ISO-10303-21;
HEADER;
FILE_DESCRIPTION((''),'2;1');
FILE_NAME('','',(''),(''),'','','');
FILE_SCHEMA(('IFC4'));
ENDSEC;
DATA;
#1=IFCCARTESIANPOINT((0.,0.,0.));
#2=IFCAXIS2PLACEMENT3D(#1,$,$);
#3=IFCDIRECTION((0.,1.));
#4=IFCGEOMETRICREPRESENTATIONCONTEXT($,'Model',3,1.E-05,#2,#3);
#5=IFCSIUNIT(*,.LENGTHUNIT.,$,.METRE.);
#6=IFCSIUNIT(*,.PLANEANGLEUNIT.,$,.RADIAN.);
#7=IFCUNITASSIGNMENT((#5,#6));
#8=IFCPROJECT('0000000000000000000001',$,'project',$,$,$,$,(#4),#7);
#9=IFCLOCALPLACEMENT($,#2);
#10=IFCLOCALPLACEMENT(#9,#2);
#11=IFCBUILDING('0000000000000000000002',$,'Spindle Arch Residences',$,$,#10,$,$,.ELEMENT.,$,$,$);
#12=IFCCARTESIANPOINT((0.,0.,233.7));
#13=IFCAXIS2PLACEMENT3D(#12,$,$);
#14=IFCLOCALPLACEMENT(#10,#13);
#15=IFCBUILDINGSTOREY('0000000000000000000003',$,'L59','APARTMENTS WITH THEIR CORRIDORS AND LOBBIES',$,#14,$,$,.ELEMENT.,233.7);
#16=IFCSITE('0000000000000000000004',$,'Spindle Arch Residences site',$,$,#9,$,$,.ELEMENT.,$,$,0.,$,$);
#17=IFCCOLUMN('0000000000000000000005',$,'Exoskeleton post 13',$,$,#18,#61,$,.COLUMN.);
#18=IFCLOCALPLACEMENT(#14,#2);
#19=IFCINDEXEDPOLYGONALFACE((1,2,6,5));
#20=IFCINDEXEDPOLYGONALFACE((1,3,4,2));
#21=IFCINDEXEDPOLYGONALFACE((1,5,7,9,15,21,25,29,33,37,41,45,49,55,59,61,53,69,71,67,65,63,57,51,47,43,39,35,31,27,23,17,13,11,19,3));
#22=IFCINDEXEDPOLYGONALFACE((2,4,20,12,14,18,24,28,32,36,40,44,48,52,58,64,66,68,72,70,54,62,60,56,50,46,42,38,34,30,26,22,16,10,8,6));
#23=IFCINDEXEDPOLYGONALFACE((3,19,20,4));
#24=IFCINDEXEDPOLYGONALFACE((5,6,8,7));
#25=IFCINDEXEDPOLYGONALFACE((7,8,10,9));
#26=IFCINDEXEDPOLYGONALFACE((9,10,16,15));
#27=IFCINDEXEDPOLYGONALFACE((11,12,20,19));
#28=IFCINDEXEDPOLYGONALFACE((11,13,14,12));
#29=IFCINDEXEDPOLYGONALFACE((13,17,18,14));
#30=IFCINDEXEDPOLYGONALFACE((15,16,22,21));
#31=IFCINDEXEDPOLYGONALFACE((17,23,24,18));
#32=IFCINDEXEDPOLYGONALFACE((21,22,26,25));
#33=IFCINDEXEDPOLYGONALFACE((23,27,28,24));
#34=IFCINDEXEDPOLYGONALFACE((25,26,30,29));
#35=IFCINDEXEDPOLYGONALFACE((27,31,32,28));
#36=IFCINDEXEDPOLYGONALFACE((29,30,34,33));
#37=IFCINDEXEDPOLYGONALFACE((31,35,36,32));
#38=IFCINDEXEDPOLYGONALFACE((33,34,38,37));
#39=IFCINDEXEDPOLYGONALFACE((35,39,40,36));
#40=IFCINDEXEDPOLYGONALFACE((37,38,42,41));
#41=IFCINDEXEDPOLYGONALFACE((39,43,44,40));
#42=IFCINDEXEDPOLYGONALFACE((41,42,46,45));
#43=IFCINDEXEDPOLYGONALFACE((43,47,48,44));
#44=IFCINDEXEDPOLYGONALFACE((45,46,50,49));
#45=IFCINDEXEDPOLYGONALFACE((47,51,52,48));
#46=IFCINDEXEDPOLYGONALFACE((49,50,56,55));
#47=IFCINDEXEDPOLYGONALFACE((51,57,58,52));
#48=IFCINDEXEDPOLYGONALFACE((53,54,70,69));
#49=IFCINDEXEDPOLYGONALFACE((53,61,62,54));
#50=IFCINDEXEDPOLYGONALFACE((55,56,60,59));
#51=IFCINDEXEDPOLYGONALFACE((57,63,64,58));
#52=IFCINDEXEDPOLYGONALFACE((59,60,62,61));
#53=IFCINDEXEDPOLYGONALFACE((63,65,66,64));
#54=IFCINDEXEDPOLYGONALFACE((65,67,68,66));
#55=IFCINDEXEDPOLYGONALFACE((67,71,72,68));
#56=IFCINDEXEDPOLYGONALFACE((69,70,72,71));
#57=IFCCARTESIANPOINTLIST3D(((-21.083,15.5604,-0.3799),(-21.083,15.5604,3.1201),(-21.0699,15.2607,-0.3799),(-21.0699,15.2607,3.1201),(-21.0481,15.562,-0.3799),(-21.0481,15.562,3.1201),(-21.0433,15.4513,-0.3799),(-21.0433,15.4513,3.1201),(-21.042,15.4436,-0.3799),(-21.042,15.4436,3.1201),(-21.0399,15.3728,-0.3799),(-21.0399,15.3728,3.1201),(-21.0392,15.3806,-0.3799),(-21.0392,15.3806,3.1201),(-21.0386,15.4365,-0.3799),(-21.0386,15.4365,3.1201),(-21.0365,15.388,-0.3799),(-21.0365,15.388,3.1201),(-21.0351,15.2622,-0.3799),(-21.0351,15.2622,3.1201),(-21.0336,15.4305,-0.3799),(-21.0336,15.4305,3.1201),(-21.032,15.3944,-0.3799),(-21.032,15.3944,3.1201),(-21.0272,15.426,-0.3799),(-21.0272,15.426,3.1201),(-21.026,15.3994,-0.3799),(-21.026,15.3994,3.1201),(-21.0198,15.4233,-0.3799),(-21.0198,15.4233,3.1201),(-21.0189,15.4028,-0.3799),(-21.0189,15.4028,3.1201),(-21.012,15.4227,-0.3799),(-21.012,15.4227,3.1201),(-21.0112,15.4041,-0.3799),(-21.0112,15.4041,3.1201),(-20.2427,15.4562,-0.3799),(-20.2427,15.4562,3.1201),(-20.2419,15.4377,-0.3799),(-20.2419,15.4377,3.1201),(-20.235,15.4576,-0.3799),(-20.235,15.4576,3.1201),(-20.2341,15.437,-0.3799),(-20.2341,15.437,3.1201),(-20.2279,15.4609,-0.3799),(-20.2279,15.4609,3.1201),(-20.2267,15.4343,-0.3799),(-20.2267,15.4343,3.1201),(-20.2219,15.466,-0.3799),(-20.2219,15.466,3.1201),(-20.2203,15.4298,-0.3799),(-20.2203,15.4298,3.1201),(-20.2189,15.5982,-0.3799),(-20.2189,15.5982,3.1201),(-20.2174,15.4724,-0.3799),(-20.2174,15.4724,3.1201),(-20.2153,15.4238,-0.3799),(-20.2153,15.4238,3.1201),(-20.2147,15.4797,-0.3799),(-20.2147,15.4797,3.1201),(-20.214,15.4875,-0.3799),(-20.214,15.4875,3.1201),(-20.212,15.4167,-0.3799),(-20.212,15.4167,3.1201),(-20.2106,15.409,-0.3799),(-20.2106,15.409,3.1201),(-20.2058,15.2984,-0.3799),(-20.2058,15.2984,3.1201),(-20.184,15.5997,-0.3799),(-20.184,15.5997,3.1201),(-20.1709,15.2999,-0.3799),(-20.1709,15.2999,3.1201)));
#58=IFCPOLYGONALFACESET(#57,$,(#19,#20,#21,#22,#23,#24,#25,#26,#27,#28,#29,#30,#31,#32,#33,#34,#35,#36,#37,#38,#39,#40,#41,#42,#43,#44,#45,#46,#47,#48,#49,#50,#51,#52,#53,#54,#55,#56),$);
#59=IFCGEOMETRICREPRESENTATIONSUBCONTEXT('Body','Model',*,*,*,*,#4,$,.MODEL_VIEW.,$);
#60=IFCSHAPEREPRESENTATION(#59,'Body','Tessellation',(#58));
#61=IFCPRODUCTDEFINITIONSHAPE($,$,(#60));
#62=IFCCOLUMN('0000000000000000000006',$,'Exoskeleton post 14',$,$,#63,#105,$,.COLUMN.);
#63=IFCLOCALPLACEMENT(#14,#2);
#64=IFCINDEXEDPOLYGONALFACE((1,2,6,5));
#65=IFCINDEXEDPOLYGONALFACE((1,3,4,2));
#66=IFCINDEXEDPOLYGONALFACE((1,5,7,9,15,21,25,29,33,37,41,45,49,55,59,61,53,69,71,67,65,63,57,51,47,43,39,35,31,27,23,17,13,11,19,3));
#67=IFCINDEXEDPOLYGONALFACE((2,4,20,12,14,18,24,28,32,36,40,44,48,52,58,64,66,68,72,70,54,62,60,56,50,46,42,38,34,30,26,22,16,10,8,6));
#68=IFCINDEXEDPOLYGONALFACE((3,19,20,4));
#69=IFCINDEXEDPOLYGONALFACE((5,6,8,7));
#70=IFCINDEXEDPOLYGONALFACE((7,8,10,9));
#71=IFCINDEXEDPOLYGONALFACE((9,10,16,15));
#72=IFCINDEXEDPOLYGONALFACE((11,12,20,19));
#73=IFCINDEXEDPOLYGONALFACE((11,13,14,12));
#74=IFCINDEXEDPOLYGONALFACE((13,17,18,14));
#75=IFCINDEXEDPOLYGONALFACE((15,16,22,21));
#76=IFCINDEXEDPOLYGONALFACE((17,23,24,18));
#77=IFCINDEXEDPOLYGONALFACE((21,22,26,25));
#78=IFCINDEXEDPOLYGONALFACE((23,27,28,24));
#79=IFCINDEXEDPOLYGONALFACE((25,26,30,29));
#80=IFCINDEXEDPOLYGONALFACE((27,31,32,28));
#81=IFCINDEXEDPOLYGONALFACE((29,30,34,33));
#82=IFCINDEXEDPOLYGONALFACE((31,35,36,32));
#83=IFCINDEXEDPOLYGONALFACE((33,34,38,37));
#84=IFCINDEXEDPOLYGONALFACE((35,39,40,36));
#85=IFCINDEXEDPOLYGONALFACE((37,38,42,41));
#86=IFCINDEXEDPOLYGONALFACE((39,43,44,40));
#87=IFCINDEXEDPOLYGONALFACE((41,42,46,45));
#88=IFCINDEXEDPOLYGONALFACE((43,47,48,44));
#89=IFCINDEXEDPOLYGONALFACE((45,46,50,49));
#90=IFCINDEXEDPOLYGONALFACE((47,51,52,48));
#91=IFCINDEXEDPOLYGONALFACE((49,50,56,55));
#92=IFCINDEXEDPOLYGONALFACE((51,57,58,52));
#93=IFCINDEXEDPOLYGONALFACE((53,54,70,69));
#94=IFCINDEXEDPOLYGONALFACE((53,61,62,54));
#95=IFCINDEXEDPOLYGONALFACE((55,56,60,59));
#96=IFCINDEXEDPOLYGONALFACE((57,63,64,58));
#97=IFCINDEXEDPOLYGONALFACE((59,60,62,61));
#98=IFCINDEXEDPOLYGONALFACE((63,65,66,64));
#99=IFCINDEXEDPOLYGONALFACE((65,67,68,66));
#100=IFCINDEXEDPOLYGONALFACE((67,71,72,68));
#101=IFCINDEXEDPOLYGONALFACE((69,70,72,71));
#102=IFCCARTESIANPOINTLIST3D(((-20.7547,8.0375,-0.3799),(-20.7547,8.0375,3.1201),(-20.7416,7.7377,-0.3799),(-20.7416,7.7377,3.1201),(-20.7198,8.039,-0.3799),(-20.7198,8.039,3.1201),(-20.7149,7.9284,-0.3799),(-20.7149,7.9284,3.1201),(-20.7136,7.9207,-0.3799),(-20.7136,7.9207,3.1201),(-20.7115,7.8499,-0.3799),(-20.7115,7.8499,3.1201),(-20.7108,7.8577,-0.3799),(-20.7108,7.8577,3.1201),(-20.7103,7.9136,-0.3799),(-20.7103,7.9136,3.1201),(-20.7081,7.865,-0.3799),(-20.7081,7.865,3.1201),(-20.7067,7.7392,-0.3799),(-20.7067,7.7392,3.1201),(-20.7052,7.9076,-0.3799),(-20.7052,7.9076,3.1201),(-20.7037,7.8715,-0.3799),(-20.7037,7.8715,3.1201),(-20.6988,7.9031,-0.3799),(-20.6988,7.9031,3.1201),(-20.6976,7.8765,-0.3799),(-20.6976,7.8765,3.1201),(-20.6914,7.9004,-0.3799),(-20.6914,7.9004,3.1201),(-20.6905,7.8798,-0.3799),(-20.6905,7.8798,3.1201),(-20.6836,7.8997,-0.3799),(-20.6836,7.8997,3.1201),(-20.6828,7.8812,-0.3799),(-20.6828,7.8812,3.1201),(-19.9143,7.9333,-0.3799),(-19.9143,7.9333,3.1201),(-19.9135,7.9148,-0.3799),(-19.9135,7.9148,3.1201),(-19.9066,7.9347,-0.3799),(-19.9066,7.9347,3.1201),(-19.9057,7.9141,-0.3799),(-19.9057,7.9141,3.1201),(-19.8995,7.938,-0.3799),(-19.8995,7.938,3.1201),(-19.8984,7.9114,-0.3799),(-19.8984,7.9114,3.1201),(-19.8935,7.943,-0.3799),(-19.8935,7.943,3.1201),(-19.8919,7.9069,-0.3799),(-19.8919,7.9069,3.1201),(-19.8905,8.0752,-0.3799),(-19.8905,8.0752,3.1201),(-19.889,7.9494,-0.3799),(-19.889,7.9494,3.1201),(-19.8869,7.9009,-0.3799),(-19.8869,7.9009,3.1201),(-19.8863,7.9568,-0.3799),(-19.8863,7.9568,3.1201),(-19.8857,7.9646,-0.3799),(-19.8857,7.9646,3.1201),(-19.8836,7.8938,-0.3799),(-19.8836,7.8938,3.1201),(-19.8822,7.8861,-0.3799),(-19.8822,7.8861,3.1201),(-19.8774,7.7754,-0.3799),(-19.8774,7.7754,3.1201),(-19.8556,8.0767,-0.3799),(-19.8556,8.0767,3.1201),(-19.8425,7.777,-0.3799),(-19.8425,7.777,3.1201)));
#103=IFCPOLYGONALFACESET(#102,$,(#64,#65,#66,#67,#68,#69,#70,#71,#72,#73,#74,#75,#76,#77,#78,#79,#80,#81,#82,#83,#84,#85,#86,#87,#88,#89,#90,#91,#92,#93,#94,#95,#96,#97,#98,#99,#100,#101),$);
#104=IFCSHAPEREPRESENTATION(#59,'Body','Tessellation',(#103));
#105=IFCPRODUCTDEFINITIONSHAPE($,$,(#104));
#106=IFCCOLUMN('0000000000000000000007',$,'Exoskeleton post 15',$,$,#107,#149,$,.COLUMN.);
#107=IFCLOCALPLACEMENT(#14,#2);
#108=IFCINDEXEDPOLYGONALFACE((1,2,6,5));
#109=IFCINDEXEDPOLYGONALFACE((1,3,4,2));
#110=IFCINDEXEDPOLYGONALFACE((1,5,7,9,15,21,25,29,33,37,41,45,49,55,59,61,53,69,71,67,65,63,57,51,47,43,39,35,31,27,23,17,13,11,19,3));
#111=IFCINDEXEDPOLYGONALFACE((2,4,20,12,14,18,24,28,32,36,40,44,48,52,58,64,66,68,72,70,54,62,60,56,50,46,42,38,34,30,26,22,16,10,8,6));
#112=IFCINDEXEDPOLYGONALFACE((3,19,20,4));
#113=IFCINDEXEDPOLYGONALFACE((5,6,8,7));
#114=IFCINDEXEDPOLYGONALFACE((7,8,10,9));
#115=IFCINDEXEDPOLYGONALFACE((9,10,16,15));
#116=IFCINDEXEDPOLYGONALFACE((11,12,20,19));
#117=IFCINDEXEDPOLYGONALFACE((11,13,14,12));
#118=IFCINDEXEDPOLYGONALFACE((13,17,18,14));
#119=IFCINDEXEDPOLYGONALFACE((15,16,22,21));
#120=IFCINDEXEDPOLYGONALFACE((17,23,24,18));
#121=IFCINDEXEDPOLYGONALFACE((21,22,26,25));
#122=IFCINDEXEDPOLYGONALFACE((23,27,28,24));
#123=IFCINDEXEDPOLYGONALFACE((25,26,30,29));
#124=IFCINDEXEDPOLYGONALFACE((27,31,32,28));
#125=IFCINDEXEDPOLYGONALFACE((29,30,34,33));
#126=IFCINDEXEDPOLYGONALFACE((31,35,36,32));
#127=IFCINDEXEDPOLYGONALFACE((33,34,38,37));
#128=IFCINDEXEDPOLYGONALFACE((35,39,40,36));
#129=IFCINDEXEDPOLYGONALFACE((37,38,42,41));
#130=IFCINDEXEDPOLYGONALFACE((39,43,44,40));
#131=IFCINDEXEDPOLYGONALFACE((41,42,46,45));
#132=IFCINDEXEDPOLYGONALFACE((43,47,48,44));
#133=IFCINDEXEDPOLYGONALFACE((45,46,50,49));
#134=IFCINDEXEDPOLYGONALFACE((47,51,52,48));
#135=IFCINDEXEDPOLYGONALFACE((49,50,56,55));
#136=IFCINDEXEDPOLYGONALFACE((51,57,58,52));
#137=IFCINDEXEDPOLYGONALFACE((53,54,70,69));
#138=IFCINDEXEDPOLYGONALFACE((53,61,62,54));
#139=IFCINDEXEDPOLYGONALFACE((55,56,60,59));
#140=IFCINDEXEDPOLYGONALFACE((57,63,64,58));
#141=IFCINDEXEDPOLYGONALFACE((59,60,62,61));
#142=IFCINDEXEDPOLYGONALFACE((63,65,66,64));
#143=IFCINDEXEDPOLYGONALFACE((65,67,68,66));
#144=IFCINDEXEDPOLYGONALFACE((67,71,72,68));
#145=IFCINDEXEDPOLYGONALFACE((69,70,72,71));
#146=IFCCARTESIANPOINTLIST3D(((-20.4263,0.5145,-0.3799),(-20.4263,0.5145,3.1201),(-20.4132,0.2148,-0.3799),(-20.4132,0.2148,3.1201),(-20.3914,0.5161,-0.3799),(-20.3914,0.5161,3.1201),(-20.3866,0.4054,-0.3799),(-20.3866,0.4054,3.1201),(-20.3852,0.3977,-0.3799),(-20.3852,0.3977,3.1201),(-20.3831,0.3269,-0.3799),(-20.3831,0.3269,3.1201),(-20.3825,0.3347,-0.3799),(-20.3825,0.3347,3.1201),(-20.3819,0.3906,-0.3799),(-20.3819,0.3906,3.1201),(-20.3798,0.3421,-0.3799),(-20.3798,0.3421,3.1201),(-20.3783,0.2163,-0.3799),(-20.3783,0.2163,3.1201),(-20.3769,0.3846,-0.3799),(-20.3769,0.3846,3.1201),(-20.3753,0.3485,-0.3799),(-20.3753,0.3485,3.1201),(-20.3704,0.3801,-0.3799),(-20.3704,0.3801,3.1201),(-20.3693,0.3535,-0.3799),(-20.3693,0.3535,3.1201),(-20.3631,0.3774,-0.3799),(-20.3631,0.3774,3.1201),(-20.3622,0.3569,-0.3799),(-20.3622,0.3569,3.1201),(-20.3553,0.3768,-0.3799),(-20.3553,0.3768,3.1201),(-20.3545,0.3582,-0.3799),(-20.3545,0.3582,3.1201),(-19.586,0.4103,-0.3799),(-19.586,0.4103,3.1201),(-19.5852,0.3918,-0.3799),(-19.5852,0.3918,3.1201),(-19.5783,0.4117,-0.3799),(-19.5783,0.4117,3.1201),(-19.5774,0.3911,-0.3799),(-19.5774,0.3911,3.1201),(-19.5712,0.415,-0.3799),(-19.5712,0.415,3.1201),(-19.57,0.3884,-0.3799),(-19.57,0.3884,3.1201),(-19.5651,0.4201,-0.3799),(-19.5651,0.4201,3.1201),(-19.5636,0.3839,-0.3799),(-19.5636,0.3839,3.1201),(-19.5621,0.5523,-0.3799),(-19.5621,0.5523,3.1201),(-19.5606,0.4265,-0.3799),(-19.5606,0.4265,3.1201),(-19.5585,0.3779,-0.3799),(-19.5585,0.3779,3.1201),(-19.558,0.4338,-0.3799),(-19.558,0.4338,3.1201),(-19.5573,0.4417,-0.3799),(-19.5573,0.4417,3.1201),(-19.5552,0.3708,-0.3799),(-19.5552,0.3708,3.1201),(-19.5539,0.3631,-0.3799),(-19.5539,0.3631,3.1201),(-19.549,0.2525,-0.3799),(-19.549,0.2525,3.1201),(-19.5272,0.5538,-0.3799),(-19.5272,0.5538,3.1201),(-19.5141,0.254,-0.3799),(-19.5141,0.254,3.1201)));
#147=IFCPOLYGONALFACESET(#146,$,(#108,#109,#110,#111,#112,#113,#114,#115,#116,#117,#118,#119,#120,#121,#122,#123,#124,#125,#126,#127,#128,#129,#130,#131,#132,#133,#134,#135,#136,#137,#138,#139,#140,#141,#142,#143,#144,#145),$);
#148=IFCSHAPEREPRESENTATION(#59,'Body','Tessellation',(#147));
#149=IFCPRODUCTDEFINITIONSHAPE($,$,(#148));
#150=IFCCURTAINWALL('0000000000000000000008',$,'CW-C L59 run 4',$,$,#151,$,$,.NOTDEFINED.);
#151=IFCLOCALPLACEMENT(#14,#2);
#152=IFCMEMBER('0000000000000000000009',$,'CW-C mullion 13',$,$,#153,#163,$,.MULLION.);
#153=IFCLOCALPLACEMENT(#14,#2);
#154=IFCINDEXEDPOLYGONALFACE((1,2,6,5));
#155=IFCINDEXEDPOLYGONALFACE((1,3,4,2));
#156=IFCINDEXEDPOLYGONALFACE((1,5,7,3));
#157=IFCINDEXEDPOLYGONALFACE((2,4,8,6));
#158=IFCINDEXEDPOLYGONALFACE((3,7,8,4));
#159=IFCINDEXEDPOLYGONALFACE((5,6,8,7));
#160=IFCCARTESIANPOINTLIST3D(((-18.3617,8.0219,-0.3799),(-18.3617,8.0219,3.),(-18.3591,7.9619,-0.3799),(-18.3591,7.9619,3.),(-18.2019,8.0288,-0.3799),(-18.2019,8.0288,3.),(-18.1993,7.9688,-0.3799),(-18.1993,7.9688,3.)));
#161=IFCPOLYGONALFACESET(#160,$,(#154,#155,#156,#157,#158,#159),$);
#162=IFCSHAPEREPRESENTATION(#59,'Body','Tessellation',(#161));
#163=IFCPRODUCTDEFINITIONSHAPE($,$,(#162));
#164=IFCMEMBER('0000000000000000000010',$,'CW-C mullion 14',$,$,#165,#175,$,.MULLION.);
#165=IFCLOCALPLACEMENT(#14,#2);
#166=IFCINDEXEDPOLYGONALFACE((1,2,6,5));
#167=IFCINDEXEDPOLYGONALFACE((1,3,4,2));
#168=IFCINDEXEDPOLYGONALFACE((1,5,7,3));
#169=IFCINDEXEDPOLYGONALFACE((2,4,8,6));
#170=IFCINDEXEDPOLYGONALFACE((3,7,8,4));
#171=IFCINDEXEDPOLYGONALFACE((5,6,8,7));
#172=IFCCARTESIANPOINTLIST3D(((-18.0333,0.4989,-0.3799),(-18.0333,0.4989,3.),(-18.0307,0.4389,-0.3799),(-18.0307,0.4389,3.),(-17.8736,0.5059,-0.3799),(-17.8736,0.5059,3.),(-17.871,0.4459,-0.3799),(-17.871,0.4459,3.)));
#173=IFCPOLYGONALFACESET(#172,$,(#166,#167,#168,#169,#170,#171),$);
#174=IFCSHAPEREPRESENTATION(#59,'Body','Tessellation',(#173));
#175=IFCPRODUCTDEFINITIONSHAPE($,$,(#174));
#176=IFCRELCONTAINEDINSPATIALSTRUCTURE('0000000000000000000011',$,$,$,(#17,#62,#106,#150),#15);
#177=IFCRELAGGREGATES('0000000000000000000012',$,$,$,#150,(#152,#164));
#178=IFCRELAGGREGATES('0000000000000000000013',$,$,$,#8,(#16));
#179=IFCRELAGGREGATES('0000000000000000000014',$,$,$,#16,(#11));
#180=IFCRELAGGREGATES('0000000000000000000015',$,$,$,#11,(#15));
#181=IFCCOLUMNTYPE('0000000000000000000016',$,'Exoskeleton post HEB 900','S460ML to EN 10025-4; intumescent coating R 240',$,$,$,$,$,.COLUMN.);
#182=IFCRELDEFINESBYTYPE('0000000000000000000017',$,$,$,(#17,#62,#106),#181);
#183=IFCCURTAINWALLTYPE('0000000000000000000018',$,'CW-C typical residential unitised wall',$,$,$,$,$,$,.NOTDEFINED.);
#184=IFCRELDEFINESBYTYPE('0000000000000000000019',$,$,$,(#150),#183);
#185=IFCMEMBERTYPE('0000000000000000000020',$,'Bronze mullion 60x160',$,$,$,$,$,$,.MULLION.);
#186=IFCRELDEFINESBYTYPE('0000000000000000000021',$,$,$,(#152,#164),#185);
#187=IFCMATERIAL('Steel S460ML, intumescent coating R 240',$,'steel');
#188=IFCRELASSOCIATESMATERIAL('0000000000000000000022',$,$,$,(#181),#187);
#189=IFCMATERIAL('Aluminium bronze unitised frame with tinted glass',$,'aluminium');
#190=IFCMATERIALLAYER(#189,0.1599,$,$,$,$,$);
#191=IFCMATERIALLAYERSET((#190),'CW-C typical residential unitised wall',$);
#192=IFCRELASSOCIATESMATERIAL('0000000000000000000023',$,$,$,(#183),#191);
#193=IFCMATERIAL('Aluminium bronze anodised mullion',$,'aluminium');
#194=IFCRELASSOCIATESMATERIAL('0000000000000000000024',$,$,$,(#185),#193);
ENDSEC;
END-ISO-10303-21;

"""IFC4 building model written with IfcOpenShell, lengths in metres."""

from ifc_helpers import new_model, si_unit, direction, frame, origin, origin_2d, place, context, subcontext, project, spatial, rectangle, i_section, extrude, material, layer, layer_set, material_profile, profile_set, type_object, element, aggregate, save


model = new_model("IFC4")

# Units and contexts
model_context = context("Model", 3, precision=1e-05, world=origin(), true_north=direction((0.0, 1.0)))
body_context = subcontext(model_context, "Body", "Model", "MODEL_VIEW")
ifc_project = project(units=[si_unit("LENGTHUNIT", "METRE"), si_unit("PLANEANGLEUNIT", "RADIAN")], contexts=[model_context])

# Site, building, storey
site_placement = place(None, origin())
site = spatial("IfcSite", under=ifc_project, at=site_placement, Name="Spindle Arch Residences site", CompositionType="ELEMENT", RefElevation=0.0)
building_placement = place(site_placement, origin())
building = spatial("IfcBuilding", under=site, at=building_placement, Name="Spindle Arch Residences", CompositionType="ELEMENT")
storey_placement = place(building_placement, frame((0.0, 0.0, 233.7)))
storey = spatial("IfcBuildingStorey", under=building, at=storey_placement, Name="L59", Description="APARTMENTS WITH THEIR CORRIDORS AND LOBBIES", CompositionType="ELEMENT", Elevation=233.7)

# Columns
ifc_material_1 = material(Name="Steel S460ML, intumescent coating R 240", Category="steel")
ifc_material_profile_1 = material_profile(ifc_material_1, i_section(OverallWidth=0.3, OverallDepth=0.8999, WebThickness=0.0186, FlangeThickness=0.0349, FilletRadius=0.03, at=origin_2d()), Name="HEB 900")
ifc_profile_set_1 = profile_set([ifc_material_profile_1], Name="Steel S460ML, intumescent coating R 240")
column_type = type_object("IfcColumnType", Name="Exoskeleton post HEB 900", Description="S460ML to EN 10025-4; intumescent coating R 240", PredefinedType="COLUMN", material=ifc_profile_set_1)
for number, where, z_axis, x_axis, name in (
    (1, (-20.627, 15.4302, -0.3799), (0.0, 0.0, 1.0), (-0.043619, 0.999048, 0.0), "Exoskeleton post 13"),
    (2, (-20.2986, 7.9072, -0.3799), (0.0, 0.0, 1.0), (-0.043619, 0.999048, 0.0), "Exoskeleton post 14"),
    (3, (-19.9702, 0.3843, -0.3799), (0.0, 0.0, 1.0), (-0.043619, 0.999048, 0.0), "Exoskeleton post 15"),
):
    element("IfcColumn", number, at=place(storey_placement, frame(where, z_axis=z_axis, x_axis=x_axis)), inside=storey, type_object=column_type, Name=name, PredefinedType="COLUMN", context=body_context, shape_type="SweptSolid", body=[
        extrude(i_section(OverallWidth=0.3, OverallDepth=0.8999, WebThickness=0.0186, FlangeThickness=0.0349, FilletRadius=0.03, at=origin_2d()), origin(), (0.0, 0.0, 1.0), 3.5),
    ])

# Curtain wall, members
ifc_material_2 = material(Name="Aluminium bronze unitised frame with tinted glass", Category="aluminium")
ifc_layer_1 = layer(ifc_material_2, 0.1599)
ifc_layer_set_1 = layer_set([ifc_layer_1], Name="CW-C typical residential unitised wall")
curtain_wall_type = type_object("IfcCurtainWallType", Name="CW-C typical residential unitised wall", PredefinedType="NOTDEFINED", material=ifc_layer_set_1)
curtain_wall_placement = place(storey_placement, origin())
curtain_wall = element("IfcCurtainWall", 4, at=curtain_wall_placement, inside=storey, type_object=curtain_wall_type, Name="CW-C L59 run 4", PredefinedType="NOTDEFINED")
ifc_material_3 = material(Name="Aluminium bronze anodised mullion", Category="aluminium")
ifc_material_profile_2 = material_profile(ifc_material_3, rectangle(XDim=0.1599, YDim=0.0601, at=origin_2d()), Name="MU 60x160")
ifc_profile_set_2 = profile_set([ifc_material_profile_2], Name="Aluminium bronze anodised mullion")
member_type = type_object("IfcMemberType", Name="Bronze mullion 60x160", PredefinedType="MULLION", material=ifc_profile_set_2)
member_1_placement = place(storey_placement, frame((-18.2805, 7.9954, -0.3799), z_axis=(0.0, 0.0, 1.0), x_axis=(0.999048, 0.043619, 0.0)))
member_1 = element("IfcMember", 5, at=member_1_placement, type_object=member_type, Name="CW-C mullion 13", PredefinedType="MULLION", context=body_context, shape_type="SweptSolid", body=[
    extrude(rectangle(XDim=0.1599, YDim=0.0601, at=origin_2d()), origin(), (0.0, 0.0, 1.0), 3.3799),
])
member_2_placement = place(storey_placement, frame((-17.9521, 0.4724, -0.3799), z_axis=(0.0, 0.0, 1.0), x_axis=(0.999048, 0.043619, 0.0)))
member_2 = element("IfcMember", 6, at=member_2_placement, type_object=member_type, Name="CW-C mullion 14", PredefinedType="MULLION", context=body_context, shape_type="SweptSolid", body=[
    extrude(rectangle(XDim=0.1599, YDim=0.0601, at=origin_2d()), origin(), (0.0, 0.0, 1.0), 3.3799),
])

aggregate(curtain_wall, [member_1, member_2])

save(model, "model.ifc")
